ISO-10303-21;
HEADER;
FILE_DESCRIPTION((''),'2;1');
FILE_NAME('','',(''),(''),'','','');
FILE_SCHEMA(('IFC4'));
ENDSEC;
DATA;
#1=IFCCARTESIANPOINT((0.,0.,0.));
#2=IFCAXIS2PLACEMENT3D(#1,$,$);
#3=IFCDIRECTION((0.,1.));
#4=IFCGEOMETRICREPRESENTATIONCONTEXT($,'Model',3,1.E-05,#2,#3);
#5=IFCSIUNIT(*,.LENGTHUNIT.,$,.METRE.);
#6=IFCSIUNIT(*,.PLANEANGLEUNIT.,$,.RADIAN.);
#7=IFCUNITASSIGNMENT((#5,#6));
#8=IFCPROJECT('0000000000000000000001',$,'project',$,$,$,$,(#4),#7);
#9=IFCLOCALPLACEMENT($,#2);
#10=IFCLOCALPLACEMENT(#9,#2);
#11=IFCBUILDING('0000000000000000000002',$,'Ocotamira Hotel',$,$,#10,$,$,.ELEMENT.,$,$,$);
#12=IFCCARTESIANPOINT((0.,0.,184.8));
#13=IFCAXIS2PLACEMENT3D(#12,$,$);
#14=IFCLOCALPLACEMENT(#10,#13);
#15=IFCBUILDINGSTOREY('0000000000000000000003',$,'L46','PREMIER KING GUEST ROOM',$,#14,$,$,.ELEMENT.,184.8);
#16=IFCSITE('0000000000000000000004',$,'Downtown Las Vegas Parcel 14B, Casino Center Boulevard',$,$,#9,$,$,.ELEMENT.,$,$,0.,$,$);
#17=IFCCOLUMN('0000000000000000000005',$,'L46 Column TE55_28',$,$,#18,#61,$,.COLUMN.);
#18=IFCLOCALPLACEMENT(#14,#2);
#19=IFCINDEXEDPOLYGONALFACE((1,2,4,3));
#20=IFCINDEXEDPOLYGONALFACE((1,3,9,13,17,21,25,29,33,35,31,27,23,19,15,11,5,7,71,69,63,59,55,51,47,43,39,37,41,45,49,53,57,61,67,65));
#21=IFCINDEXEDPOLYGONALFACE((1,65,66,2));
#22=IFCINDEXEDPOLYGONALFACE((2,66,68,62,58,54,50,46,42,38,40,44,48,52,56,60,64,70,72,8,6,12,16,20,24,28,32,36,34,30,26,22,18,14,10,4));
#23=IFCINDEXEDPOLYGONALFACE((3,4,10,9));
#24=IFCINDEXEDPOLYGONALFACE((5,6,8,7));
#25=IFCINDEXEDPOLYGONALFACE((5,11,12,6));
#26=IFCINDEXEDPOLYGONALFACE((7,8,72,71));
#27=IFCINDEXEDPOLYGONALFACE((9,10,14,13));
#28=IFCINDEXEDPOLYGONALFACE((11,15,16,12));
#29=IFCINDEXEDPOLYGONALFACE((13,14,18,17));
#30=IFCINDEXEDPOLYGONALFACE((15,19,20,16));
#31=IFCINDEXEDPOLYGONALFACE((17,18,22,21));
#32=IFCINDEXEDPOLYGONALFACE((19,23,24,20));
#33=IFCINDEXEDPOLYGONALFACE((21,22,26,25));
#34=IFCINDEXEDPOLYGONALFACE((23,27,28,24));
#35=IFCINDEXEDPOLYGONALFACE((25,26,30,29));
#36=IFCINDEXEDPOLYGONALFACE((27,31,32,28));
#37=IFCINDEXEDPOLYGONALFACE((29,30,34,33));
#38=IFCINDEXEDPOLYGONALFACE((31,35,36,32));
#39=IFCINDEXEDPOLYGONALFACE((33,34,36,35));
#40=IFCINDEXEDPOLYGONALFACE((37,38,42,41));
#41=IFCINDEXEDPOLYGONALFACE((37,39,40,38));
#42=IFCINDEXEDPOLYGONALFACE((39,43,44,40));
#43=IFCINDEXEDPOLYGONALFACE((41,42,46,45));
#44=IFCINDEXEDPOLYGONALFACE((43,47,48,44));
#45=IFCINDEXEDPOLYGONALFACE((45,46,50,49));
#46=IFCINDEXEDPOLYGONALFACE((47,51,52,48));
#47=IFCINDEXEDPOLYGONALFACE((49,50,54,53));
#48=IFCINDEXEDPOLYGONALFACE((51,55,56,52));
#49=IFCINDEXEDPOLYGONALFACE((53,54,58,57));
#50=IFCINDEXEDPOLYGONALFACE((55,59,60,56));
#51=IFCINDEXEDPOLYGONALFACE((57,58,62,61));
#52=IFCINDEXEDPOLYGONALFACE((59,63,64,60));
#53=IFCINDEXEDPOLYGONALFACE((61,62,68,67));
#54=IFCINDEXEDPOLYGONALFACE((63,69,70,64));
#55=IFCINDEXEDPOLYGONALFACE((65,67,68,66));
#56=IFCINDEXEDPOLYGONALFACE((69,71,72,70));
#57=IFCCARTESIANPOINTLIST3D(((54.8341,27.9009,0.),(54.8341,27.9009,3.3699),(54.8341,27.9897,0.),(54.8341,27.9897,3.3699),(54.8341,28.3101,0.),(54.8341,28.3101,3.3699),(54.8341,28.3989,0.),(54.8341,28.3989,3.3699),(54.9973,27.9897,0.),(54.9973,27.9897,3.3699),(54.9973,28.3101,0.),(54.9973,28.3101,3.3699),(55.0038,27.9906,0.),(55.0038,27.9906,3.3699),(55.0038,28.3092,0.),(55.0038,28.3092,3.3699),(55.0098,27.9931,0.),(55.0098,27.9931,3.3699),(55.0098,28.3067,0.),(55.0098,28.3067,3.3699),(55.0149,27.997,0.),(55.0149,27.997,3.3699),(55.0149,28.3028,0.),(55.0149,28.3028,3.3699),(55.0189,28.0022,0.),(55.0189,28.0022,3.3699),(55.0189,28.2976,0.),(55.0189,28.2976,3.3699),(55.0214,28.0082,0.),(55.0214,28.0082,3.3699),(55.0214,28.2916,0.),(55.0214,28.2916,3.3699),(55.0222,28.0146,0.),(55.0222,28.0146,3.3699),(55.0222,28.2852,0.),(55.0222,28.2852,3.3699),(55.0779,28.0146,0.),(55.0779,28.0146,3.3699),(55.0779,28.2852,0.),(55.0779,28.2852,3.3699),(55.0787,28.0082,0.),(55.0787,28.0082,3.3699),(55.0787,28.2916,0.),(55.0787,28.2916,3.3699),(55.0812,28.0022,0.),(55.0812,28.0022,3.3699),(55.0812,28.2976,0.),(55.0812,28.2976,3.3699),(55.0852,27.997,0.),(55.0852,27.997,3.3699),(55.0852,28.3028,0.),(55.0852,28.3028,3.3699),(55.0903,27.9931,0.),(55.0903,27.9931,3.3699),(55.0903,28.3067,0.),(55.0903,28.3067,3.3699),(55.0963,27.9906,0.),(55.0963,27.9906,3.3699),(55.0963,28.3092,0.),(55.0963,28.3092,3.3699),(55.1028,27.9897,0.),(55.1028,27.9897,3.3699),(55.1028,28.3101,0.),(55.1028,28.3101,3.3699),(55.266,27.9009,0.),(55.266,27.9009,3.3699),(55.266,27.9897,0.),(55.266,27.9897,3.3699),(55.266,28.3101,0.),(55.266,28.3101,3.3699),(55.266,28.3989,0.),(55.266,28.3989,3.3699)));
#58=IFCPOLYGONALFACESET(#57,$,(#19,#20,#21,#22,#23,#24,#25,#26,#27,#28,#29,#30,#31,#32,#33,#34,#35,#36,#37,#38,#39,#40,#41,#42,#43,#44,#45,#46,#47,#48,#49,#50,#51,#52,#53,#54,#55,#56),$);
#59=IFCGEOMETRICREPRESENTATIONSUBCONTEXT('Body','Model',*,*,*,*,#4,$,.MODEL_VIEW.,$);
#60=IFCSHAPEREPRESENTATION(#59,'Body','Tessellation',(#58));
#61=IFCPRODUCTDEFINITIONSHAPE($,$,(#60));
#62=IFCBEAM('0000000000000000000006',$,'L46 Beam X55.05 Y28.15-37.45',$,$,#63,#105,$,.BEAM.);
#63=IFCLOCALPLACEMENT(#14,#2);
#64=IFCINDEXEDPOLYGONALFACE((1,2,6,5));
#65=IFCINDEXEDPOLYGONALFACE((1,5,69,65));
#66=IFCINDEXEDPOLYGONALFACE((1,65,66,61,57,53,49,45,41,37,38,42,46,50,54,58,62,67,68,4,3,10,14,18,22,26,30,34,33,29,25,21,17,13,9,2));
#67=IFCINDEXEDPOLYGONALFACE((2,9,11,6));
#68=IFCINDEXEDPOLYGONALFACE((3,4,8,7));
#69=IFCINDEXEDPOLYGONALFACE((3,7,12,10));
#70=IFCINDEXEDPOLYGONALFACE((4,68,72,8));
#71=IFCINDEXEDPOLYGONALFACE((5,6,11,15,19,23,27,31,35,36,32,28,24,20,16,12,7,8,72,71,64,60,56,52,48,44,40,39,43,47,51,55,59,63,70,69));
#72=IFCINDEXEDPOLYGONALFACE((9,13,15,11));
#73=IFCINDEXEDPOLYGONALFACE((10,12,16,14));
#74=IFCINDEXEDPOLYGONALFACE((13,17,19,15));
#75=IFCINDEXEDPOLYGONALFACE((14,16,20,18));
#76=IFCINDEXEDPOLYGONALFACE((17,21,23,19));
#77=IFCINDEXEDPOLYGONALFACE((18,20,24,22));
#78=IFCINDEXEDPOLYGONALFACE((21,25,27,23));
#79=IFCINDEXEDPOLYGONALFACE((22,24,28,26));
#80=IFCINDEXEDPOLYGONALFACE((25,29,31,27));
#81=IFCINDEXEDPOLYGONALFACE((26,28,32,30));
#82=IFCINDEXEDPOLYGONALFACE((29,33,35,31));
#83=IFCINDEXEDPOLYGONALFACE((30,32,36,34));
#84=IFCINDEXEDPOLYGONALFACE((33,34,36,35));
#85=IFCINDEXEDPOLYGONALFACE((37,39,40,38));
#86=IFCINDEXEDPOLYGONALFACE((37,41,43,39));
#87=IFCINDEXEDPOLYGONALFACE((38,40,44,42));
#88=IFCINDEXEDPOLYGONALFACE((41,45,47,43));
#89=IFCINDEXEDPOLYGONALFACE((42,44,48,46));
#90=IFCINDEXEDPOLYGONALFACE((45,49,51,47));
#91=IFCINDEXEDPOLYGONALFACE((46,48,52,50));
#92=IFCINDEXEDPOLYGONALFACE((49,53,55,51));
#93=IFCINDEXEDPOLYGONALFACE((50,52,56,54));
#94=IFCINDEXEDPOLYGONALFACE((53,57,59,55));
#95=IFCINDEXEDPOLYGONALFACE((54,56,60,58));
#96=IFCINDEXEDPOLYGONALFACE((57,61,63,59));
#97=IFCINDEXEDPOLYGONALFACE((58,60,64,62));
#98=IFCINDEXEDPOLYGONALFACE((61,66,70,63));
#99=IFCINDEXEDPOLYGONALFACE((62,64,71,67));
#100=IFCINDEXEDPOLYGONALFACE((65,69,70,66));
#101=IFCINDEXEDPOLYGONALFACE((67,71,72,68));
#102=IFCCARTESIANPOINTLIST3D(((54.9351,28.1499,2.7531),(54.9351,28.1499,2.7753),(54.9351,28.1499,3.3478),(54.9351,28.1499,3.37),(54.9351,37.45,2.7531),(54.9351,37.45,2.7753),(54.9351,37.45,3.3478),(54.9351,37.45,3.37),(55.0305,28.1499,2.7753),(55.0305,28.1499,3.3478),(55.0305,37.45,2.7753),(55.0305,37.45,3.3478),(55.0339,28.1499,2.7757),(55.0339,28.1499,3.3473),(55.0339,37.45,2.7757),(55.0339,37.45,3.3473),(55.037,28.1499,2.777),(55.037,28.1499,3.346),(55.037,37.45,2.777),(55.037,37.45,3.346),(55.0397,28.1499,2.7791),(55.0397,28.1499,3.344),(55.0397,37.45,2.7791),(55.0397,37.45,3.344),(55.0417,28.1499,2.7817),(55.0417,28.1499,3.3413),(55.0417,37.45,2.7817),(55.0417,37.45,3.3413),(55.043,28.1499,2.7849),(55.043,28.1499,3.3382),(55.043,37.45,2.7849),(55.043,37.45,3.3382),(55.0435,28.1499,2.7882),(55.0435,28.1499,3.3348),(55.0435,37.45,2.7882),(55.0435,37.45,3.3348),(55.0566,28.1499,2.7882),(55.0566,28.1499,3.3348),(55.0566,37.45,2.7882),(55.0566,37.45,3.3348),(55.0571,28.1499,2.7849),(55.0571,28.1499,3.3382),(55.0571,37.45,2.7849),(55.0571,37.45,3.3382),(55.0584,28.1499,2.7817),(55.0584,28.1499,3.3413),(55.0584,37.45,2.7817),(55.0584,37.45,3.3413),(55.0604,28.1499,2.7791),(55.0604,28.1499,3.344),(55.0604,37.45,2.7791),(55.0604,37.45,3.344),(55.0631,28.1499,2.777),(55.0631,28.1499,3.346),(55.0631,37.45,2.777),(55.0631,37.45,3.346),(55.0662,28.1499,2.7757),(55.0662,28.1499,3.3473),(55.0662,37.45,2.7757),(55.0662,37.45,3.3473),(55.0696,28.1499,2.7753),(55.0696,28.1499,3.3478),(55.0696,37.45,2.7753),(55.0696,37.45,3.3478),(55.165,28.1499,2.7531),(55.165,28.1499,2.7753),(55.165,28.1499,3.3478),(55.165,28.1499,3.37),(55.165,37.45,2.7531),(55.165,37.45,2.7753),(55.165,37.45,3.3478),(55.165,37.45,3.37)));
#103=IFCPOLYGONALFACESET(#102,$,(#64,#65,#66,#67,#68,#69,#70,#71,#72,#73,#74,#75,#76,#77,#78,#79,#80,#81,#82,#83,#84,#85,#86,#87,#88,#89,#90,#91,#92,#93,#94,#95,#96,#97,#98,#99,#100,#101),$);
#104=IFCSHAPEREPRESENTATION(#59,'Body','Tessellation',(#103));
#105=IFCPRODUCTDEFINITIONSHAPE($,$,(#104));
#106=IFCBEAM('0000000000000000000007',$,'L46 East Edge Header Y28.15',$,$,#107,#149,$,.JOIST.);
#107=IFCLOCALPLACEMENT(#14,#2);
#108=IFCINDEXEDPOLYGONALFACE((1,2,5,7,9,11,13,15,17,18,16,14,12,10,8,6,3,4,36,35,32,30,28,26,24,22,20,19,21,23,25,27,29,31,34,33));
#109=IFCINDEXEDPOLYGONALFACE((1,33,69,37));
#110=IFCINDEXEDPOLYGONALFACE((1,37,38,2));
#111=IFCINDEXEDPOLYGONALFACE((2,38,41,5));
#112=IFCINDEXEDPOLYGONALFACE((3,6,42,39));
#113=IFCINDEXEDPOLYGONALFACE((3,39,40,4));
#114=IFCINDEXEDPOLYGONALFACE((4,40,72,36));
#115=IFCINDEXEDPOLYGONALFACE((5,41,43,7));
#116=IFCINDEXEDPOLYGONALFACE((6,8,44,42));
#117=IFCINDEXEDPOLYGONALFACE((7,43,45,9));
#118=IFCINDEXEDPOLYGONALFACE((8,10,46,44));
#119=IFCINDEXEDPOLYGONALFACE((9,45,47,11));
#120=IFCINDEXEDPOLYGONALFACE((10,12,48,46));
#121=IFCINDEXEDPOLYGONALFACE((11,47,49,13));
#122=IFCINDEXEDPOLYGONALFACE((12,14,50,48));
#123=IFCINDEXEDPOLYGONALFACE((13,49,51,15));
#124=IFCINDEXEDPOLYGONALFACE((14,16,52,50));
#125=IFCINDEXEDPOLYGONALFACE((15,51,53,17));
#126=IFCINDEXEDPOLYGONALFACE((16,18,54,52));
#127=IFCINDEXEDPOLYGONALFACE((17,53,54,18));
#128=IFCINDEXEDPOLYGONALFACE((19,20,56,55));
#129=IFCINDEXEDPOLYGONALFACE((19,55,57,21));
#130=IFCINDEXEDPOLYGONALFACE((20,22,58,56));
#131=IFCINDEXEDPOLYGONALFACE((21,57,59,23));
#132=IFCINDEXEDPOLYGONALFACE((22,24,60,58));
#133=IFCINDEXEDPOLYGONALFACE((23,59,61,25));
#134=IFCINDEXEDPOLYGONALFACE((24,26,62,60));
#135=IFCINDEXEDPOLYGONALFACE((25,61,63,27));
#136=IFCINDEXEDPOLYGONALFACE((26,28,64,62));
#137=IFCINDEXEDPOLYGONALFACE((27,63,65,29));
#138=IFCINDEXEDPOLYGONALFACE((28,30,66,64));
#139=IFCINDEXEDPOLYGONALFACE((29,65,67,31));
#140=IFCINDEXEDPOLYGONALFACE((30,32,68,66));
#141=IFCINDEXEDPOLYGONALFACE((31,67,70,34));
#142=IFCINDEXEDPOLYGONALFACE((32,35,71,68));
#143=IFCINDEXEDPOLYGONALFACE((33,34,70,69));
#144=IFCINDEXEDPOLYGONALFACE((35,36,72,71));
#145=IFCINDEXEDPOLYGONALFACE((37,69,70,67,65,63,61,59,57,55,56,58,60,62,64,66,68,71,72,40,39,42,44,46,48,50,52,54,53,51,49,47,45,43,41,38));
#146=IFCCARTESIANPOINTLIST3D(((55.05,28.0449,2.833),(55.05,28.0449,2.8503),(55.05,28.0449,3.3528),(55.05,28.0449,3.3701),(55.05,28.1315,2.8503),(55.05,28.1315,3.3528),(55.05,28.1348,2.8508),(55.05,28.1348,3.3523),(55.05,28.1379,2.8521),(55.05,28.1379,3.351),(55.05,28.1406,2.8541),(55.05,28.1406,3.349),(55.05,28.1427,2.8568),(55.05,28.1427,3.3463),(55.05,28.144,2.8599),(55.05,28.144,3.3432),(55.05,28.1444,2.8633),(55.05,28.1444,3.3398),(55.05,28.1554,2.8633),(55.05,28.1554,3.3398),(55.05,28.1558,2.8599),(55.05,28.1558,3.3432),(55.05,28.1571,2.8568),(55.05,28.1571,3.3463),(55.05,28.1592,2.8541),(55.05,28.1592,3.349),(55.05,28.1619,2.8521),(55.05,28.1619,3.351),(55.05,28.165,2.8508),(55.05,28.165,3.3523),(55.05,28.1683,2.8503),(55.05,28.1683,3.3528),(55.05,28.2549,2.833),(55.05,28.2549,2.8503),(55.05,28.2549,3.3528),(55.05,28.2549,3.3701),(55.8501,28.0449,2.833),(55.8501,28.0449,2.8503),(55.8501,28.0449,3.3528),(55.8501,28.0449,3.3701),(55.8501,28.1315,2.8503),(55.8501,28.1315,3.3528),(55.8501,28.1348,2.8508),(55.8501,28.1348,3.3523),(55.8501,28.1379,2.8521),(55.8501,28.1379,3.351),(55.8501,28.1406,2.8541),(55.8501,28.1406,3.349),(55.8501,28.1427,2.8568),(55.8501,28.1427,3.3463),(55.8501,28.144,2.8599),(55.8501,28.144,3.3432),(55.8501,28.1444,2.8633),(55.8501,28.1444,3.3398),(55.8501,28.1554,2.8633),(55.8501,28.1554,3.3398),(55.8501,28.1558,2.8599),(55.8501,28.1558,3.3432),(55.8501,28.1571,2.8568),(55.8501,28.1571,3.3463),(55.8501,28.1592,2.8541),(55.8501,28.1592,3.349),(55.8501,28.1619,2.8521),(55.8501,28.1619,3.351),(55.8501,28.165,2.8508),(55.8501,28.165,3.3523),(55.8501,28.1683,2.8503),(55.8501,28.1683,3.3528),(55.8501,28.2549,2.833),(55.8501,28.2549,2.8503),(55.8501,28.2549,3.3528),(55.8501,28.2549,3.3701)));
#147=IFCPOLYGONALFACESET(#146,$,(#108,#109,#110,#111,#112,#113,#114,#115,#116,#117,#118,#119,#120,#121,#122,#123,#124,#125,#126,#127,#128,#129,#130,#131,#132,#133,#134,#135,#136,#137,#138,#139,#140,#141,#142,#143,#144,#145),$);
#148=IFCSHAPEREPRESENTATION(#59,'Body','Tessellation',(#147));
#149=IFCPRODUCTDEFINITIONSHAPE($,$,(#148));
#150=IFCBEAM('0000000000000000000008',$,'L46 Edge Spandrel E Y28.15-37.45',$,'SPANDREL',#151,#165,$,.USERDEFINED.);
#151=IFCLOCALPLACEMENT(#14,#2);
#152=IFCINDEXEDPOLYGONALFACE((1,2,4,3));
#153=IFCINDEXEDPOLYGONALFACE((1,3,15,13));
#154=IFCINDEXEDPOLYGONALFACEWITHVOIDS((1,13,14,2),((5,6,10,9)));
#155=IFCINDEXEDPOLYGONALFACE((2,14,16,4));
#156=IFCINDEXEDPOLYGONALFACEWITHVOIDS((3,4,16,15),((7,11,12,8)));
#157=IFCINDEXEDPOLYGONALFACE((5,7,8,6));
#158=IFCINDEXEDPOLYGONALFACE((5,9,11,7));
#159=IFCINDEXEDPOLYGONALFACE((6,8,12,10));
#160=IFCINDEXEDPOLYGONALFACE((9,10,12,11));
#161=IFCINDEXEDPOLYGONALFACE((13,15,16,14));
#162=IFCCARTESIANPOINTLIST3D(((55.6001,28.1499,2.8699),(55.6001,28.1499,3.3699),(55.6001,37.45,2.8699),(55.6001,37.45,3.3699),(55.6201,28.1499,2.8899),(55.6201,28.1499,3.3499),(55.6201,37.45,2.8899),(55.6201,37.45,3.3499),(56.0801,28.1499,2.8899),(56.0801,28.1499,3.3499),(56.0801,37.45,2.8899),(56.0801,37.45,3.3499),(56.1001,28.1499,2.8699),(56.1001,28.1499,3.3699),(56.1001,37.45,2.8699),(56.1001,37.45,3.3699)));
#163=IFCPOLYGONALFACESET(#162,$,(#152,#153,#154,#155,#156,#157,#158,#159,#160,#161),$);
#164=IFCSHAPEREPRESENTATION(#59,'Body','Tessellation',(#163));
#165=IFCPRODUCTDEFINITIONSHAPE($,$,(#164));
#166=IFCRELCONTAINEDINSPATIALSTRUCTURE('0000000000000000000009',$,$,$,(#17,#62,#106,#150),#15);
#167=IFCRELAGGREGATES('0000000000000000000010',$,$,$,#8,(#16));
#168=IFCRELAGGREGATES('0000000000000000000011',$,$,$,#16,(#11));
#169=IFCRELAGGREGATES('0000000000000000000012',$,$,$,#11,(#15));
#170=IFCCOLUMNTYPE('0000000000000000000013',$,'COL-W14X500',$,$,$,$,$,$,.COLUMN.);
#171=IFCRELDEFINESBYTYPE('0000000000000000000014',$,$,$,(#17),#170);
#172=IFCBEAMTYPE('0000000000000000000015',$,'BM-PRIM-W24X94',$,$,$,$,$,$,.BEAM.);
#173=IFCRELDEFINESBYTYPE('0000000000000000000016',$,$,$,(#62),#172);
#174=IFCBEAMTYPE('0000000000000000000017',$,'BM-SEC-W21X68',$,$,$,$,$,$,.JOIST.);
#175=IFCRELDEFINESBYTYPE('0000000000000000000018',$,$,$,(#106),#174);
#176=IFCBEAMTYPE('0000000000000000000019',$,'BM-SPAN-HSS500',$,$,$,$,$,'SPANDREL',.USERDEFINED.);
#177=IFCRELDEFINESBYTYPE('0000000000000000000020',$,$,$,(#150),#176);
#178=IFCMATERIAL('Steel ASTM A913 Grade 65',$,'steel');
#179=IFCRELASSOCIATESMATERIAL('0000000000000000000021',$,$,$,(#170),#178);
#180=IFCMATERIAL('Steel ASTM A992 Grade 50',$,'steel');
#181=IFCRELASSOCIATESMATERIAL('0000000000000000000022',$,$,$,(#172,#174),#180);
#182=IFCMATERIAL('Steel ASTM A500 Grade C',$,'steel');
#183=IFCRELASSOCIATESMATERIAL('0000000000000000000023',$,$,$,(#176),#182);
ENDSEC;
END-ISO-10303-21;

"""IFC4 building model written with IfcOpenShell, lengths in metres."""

from ifc_helpers import new_model, si_unit, direction, frame, origin, origin_2d, place, context, subcontext, project, spatial, hollow_rectangle, i_section, extrude, source, transform, mapped, material, material_profile, profile_set, type_object, element, save


model = new_model("IFC4")

# Units and contexts
model_context = context("Model", 3, precision=1e-05, world=origin(), true_north=direction((0.0, 1.0)))
body_context = subcontext(model_context, "Body", "Model", "MODEL_VIEW")
ifc_project = project(units=[si_unit("LENGTHUNIT", "METRE"), si_unit("PLANEANGLEUNIT", "RADIAN")], contexts=[model_context])

# Site, building, storey
site_placement = place(None, origin())
site = spatial("IfcSite", under=ifc_project, at=site_placement, Name="Downtown Las Vegas Parcel 14B, Casino Center Boulevard", CompositionType="ELEMENT", RefElevation=0.0)
building_placement = place(site_placement, origin())
building = spatial("IfcBuilding", under=site, at=building_placement, Name="Ocotamira Hotel", CompositionType="ELEMENT")
storey_placement = place(building_placement, frame((0.0, 0.0, 184.8)))
storey = spatial("IfcBuildingStorey", under=building, at=storey_placement, Name="L46", Description="PREMIER KING GUEST ROOM", CompositionType="ELEMENT", Elevation=184.8)

# Column
ifc_material_1 = material(Name="Steel ASTM A913 Grade 65", Category="steel")
ifc_material_profile_1 = material_profile(ifc_material_1, i_section(OverallWidth=0.4319, OverallDepth=0.498, WebThickness=0.0557, FlangeThickness=0.0889, FilletRadius=0.0249, at=origin_2d()), Name="W14X500")
ifc_profile_set_1 = profile_set([ifc_material_profile_1], Name="Steel ASTM A913 Grade 65")
column_type = type_object("IfcColumnType", Name="COL-W14X500", PredefinedType="COLUMN", material=ifc_profile_set_1)
shared_shape_1 = source(origin(), body_context, "Body", "SweptSolid", [
    extrude(i_section(OverallWidth=0.4319, OverallDepth=0.498, WebThickness=0.0557, FlangeThickness=0.0889, FilletRadius=0.0249, at=origin_2d()), origin(), (0.0, 0.0, 1.0), 3.3699),
])
column_placement = place(storey_placement, frame((55.05, 28.1499, 0.0), z_axis=(0.0, 0.0, 1.0), x_axis=(1.0, 0.0, 0.0)))
element("IfcColumn", 1, at=column_placement, inside=storey, type_object=column_type, Name="L46 Column TE55_28", PredefinedType="COLUMN", context=body_context, shape_type="MappedRepresentation", body=[
    mapped(shared_shape_1, transform((0.0, 0.0, 0.0), scale=1.0)),
])

# Beams
ifc_material_2 = material(Name="Steel ASTM A992 Grade 50", Category="steel")
ifc_material_profile_2 = material_profile(ifc_material_2, i_section(OverallWidth=0.23, OverallDepth=0.6169, WebThickness=0.0132, FlangeThickness=0.0222, FilletRadius=0.0129, at=origin_2d()), Name="W24X94")
ifc_profile_set_2 = profile_set([ifc_material_profile_2], Name="Steel ASTM A992 Grade 50")
beam_type_1 = type_object("IfcBeamType", Name="BM-PRIM-W24X94", PredefinedType="BEAM", material=ifc_profile_set_2)
shared_shape_2 = source(origin(), body_context, "Body", "SweptSolid", [
    extrude(i_section(OverallWidth=0.23, OverallDepth=0.6169, WebThickness=0.0132, FlangeThickness=0.0222, FilletRadius=0.0129, at=origin_2d()), origin(), (0.0, 0.0, 1.0), 9.3),
])
beam_1_placement = place(storey_placement, frame((55.05, 28.1499, 3.0615), z_axis=(0.0, 1.0, 0.0), x_axis=(-1.0, 0.0, 0.0)))
element("IfcBeam", 2, at=beam_1_placement, inside=storey, type_object=beam_type_1, Name="L46 Beam X55.05 Y28.15-37.45", PredefinedType="BEAM", context=body_context, shape_type="MappedRepresentation", body=[
    mapped(shared_shape_2, transform((0.0, 0.0, 0.0), scale=1.0)),
])
ifc_material_profile_3 = material_profile(ifc_material_2, i_section(OverallWidth=0.21, OverallDepth=0.5371, WebThickness=0.011, FlangeThickness=0.0173, FilletRadius=0.0129, at=origin_2d()), Name="W21X68")
ifc_profile_set_3 = profile_set([ifc_material_profile_3], Name="Steel ASTM A992 Grade 50")
beam_type_2 = type_object("IfcBeamType", Name="BM-SEC-W21X68", PredefinedType="JOIST", material=ifc_profile_set_3)
shared_shape_3 = source(origin(), body_context, "Body", "SweptSolid", [
    extrude(i_section(OverallWidth=0.21, OverallDepth=0.5371, WebThickness=0.011, FlangeThickness=0.0173, FilletRadius=0.0129, at=origin_2d()), origin(), (0.0, 0.0, 1.0), 0.8),
])
beam_2_placement = place(storey_placement, frame((55.05, 28.1499, 3.1016), z_axis=(1.0, 0.0, 0.0), x_axis=(0.0, 1.0, 0.0)))
element("IfcBeam", 3, at=beam_2_placement, inside=storey, type_object=beam_type_2, Name="L46 East Edge Header Y28.15", PredefinedType="JOIST", context=body_context, shape_type="MappedRepresentation", body=[
    mapped(shared_shape_3, transform((0.0, 0.0, 0.0), scale=1.0)),
])
ifc_material_3 = material(Name="Steel ASTM A500 Grade C", Category="steel")
ifc_material_profile_4 = material_profile(ifc_material_3, hollow_rectangle(XDim=0.5, YDim=0.5, WallThickness=0.02, at=origin_2d()), Name="HSS500X500X20")
ifc_profile_set_4 = profile_set([ifc_material_profile_4], Name="Steel ASTM A500 Grade C")
beam_type_3 = type_object("IfcBeamType", Name="BM-SPAN-HSS500", ElementType="SPANDREL", PredefinedType="USERDEFINED", material=ifc_profile_set_4)
shared_shape_4 = source(origin(), body_context, "Body", "SweptSolid", [
    extrude(hollow_rectangle(XDim=0.5, YDim=0.5, WallThickness=0.02, at=origin_2d()), origin(), (0.0, 0.0, 1.0), 9.3),
])
beam_3_placement = place(storey_placement, frame((55.8501, 28.1499, 3.1199), z_axis=(0.0, 1.0, 0.0), x_axis=(-1.0, 0.0, 0.0)))
element("IfcBeam", 4, at=beam_3_placement, inside=storey, type_object=beam_type_3, Name="L46 Edge Spandrel E Y28.15-37.45", ObjectType="SPANDREL", PredefinedType="USERDEFINED", context=body_context, shape_type="MappedRepresentation", body=[
    mapped(shared_shape_4, transform((0.0, 0.0, 0.0), scale=1.0)),
])

save(model, "model.ifc")
